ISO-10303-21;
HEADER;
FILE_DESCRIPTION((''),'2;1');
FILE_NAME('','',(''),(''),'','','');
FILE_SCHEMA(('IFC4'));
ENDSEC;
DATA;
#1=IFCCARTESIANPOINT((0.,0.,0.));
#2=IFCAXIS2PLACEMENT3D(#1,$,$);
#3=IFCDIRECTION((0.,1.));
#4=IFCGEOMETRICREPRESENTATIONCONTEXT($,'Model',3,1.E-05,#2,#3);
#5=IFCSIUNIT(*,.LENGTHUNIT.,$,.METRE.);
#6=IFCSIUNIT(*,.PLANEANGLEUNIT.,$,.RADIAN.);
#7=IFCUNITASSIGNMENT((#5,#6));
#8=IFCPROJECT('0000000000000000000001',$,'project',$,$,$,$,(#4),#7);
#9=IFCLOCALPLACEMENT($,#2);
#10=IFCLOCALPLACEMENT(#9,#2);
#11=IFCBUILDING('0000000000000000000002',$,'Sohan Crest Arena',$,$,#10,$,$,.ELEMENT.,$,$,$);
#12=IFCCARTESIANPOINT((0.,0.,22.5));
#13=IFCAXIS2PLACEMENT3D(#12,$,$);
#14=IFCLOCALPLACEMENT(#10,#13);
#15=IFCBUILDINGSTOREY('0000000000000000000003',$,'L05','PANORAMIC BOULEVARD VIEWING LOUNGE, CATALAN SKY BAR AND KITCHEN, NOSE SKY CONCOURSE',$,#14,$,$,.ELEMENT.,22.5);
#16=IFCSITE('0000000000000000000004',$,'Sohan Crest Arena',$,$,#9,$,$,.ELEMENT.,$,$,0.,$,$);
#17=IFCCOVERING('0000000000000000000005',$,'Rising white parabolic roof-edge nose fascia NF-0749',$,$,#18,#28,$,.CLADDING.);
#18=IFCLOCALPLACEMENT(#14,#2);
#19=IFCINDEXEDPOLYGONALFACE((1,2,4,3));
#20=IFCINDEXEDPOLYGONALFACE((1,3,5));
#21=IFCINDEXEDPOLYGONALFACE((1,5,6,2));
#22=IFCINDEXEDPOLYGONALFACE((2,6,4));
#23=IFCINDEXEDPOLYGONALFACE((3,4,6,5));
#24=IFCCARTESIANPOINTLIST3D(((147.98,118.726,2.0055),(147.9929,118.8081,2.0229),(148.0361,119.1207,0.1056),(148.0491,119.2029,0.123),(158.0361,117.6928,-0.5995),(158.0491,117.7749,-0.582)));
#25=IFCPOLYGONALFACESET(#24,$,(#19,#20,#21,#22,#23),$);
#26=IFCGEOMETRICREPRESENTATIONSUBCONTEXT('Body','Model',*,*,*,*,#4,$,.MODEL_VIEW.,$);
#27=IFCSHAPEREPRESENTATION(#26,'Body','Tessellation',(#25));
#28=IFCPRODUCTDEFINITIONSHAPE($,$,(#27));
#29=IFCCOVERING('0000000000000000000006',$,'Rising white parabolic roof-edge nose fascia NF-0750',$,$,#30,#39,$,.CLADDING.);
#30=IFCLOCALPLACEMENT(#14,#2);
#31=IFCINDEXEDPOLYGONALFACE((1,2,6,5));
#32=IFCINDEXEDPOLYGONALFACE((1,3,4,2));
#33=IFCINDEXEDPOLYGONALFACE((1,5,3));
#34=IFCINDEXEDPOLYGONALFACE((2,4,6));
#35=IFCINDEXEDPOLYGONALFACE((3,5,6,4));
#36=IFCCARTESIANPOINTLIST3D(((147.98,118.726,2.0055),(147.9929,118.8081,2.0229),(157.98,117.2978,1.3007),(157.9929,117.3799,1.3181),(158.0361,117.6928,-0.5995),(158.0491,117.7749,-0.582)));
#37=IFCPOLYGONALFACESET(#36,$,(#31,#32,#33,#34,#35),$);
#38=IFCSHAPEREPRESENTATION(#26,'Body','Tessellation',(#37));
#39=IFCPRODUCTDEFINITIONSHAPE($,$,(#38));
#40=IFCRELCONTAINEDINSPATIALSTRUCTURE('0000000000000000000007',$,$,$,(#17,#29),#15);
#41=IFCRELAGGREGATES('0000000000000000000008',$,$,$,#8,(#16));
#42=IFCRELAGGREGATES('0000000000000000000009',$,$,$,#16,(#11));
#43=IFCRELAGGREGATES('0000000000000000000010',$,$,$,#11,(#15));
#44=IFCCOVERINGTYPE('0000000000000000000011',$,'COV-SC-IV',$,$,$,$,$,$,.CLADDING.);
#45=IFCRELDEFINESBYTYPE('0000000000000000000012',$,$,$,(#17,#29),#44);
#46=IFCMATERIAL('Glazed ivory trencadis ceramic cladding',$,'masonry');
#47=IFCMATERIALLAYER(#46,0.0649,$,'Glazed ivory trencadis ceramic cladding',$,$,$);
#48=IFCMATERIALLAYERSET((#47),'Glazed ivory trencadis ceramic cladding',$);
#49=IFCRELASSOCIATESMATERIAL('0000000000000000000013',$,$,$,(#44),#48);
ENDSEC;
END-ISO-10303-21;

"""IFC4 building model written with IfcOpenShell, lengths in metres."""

from ifc_helpers import new_model, si_unit, direction, frame, origin, place, context, subcontext, project, spatial, polyline, outline, extrude, material, layer, layer_set, type_object, element, save


model = new_model("IFC4")

# Units and contexts
model_context = context("Model", 3, precision=1e-05, world=origin(), true_north=direction((0.0, 1.0)))
body_context = subcontext(model_context, "Body", "Model", "MODEL_VIEW")
ifc_project = project(units=[si_unit("LENGTHUNIT", "METRE"), si_unit("PLANEANGLEUNIT", "RADIAN")], contexts=[model_context])

# Site, building, storey
site_placement = place(None, origin())
site = spatial("IfcSite", under=ifc_project, at=site_placement, Name="Sohan Crest Arena", CompositionType="ELEMENT", RefElevation=0.0)
building_placement = place(site_placement, origin())
building = spatial("IfcBuilding", under=site, at=building_placement, Name="Sohan Crest Arena", CompositionType="ELEMENT")
storey_placement = place(building_placement, frame((0.0, 0.0, 22.5)))
storey = spatial("IfcBuildingStorey", under=building, at=storey_placement, Name="L05", Description="PANORAMIC BOULEVARD VIEWING LOUNGE, CATALAN SKY BAR AND KITCHEN, NOSE SKY CONCOURSE", CompositionType="ELEMENT", Elevation=22.5)

# Coverings
ifc_material_1 = material(Name="Glazed ivory trencadis ceramic cladding", Category="masonry")
ifc_layer_1 = layer(ifc_material_1, 0.0649, Name="Glazed ivory trencadis ceramic cladding")
ifc_layer_set_1 = layer_set([ifc_layer_1], Name="Glazed ivory trencadis ceramic cladding")
covering_type = type_object("IfcCoveringType", Name="COV-SC-IV", PredefinedType="CLADDING", material=ifc_layer_set_1)
covering_1_placement = place(storey_placement, frame((158.0491, 117.7749, -0.582), z_axis=(0.152527, 0.966723, 0.205381), x_axis=(-0.987555, 0.141021, 0.06963)))
element("IfcCovering", 1, at=covering_1_placement, inside=storey, type_object=covering_type, Name="Rising white parabolic roof-edge nose fascia NF-0749", PredefinedType="CLADDING", context=body_context, shape_type="SweptSolid", body=[
    extrude(outline(polyline([(0.0, 0.0), (10.126, 0.0), (10.2581, 1.9368), (0.0, 0.0)])), origin(), (0.0, 0.0, -1.0), 0.085),
])
covering_2_placement = place(storey_placement, frame((158.0491, 117.7749, -0.582), z_axis=(0.152549, 0.9667, 0.205474), x_axis=(-0.963295, 0.098972, 0.249535)))
element("IfcCovering", 2, at=covering_2_placement, inside=storey, type_object=covering_type, Name="Rising white parabolic roof-edge nose fascia NF-0750", PredefinedType="CLADDING", context=body_context, shape_type="SweptSolid", body=[
    extrude(outline(polyline([(0.0, 0.0), (10.4393, 0.0), (0.4891, 1.879), (0.0, 0.0)])), origin(), (0.0, 0.0, -1.0), 0.085),
])

save(model, "model.ifc")
